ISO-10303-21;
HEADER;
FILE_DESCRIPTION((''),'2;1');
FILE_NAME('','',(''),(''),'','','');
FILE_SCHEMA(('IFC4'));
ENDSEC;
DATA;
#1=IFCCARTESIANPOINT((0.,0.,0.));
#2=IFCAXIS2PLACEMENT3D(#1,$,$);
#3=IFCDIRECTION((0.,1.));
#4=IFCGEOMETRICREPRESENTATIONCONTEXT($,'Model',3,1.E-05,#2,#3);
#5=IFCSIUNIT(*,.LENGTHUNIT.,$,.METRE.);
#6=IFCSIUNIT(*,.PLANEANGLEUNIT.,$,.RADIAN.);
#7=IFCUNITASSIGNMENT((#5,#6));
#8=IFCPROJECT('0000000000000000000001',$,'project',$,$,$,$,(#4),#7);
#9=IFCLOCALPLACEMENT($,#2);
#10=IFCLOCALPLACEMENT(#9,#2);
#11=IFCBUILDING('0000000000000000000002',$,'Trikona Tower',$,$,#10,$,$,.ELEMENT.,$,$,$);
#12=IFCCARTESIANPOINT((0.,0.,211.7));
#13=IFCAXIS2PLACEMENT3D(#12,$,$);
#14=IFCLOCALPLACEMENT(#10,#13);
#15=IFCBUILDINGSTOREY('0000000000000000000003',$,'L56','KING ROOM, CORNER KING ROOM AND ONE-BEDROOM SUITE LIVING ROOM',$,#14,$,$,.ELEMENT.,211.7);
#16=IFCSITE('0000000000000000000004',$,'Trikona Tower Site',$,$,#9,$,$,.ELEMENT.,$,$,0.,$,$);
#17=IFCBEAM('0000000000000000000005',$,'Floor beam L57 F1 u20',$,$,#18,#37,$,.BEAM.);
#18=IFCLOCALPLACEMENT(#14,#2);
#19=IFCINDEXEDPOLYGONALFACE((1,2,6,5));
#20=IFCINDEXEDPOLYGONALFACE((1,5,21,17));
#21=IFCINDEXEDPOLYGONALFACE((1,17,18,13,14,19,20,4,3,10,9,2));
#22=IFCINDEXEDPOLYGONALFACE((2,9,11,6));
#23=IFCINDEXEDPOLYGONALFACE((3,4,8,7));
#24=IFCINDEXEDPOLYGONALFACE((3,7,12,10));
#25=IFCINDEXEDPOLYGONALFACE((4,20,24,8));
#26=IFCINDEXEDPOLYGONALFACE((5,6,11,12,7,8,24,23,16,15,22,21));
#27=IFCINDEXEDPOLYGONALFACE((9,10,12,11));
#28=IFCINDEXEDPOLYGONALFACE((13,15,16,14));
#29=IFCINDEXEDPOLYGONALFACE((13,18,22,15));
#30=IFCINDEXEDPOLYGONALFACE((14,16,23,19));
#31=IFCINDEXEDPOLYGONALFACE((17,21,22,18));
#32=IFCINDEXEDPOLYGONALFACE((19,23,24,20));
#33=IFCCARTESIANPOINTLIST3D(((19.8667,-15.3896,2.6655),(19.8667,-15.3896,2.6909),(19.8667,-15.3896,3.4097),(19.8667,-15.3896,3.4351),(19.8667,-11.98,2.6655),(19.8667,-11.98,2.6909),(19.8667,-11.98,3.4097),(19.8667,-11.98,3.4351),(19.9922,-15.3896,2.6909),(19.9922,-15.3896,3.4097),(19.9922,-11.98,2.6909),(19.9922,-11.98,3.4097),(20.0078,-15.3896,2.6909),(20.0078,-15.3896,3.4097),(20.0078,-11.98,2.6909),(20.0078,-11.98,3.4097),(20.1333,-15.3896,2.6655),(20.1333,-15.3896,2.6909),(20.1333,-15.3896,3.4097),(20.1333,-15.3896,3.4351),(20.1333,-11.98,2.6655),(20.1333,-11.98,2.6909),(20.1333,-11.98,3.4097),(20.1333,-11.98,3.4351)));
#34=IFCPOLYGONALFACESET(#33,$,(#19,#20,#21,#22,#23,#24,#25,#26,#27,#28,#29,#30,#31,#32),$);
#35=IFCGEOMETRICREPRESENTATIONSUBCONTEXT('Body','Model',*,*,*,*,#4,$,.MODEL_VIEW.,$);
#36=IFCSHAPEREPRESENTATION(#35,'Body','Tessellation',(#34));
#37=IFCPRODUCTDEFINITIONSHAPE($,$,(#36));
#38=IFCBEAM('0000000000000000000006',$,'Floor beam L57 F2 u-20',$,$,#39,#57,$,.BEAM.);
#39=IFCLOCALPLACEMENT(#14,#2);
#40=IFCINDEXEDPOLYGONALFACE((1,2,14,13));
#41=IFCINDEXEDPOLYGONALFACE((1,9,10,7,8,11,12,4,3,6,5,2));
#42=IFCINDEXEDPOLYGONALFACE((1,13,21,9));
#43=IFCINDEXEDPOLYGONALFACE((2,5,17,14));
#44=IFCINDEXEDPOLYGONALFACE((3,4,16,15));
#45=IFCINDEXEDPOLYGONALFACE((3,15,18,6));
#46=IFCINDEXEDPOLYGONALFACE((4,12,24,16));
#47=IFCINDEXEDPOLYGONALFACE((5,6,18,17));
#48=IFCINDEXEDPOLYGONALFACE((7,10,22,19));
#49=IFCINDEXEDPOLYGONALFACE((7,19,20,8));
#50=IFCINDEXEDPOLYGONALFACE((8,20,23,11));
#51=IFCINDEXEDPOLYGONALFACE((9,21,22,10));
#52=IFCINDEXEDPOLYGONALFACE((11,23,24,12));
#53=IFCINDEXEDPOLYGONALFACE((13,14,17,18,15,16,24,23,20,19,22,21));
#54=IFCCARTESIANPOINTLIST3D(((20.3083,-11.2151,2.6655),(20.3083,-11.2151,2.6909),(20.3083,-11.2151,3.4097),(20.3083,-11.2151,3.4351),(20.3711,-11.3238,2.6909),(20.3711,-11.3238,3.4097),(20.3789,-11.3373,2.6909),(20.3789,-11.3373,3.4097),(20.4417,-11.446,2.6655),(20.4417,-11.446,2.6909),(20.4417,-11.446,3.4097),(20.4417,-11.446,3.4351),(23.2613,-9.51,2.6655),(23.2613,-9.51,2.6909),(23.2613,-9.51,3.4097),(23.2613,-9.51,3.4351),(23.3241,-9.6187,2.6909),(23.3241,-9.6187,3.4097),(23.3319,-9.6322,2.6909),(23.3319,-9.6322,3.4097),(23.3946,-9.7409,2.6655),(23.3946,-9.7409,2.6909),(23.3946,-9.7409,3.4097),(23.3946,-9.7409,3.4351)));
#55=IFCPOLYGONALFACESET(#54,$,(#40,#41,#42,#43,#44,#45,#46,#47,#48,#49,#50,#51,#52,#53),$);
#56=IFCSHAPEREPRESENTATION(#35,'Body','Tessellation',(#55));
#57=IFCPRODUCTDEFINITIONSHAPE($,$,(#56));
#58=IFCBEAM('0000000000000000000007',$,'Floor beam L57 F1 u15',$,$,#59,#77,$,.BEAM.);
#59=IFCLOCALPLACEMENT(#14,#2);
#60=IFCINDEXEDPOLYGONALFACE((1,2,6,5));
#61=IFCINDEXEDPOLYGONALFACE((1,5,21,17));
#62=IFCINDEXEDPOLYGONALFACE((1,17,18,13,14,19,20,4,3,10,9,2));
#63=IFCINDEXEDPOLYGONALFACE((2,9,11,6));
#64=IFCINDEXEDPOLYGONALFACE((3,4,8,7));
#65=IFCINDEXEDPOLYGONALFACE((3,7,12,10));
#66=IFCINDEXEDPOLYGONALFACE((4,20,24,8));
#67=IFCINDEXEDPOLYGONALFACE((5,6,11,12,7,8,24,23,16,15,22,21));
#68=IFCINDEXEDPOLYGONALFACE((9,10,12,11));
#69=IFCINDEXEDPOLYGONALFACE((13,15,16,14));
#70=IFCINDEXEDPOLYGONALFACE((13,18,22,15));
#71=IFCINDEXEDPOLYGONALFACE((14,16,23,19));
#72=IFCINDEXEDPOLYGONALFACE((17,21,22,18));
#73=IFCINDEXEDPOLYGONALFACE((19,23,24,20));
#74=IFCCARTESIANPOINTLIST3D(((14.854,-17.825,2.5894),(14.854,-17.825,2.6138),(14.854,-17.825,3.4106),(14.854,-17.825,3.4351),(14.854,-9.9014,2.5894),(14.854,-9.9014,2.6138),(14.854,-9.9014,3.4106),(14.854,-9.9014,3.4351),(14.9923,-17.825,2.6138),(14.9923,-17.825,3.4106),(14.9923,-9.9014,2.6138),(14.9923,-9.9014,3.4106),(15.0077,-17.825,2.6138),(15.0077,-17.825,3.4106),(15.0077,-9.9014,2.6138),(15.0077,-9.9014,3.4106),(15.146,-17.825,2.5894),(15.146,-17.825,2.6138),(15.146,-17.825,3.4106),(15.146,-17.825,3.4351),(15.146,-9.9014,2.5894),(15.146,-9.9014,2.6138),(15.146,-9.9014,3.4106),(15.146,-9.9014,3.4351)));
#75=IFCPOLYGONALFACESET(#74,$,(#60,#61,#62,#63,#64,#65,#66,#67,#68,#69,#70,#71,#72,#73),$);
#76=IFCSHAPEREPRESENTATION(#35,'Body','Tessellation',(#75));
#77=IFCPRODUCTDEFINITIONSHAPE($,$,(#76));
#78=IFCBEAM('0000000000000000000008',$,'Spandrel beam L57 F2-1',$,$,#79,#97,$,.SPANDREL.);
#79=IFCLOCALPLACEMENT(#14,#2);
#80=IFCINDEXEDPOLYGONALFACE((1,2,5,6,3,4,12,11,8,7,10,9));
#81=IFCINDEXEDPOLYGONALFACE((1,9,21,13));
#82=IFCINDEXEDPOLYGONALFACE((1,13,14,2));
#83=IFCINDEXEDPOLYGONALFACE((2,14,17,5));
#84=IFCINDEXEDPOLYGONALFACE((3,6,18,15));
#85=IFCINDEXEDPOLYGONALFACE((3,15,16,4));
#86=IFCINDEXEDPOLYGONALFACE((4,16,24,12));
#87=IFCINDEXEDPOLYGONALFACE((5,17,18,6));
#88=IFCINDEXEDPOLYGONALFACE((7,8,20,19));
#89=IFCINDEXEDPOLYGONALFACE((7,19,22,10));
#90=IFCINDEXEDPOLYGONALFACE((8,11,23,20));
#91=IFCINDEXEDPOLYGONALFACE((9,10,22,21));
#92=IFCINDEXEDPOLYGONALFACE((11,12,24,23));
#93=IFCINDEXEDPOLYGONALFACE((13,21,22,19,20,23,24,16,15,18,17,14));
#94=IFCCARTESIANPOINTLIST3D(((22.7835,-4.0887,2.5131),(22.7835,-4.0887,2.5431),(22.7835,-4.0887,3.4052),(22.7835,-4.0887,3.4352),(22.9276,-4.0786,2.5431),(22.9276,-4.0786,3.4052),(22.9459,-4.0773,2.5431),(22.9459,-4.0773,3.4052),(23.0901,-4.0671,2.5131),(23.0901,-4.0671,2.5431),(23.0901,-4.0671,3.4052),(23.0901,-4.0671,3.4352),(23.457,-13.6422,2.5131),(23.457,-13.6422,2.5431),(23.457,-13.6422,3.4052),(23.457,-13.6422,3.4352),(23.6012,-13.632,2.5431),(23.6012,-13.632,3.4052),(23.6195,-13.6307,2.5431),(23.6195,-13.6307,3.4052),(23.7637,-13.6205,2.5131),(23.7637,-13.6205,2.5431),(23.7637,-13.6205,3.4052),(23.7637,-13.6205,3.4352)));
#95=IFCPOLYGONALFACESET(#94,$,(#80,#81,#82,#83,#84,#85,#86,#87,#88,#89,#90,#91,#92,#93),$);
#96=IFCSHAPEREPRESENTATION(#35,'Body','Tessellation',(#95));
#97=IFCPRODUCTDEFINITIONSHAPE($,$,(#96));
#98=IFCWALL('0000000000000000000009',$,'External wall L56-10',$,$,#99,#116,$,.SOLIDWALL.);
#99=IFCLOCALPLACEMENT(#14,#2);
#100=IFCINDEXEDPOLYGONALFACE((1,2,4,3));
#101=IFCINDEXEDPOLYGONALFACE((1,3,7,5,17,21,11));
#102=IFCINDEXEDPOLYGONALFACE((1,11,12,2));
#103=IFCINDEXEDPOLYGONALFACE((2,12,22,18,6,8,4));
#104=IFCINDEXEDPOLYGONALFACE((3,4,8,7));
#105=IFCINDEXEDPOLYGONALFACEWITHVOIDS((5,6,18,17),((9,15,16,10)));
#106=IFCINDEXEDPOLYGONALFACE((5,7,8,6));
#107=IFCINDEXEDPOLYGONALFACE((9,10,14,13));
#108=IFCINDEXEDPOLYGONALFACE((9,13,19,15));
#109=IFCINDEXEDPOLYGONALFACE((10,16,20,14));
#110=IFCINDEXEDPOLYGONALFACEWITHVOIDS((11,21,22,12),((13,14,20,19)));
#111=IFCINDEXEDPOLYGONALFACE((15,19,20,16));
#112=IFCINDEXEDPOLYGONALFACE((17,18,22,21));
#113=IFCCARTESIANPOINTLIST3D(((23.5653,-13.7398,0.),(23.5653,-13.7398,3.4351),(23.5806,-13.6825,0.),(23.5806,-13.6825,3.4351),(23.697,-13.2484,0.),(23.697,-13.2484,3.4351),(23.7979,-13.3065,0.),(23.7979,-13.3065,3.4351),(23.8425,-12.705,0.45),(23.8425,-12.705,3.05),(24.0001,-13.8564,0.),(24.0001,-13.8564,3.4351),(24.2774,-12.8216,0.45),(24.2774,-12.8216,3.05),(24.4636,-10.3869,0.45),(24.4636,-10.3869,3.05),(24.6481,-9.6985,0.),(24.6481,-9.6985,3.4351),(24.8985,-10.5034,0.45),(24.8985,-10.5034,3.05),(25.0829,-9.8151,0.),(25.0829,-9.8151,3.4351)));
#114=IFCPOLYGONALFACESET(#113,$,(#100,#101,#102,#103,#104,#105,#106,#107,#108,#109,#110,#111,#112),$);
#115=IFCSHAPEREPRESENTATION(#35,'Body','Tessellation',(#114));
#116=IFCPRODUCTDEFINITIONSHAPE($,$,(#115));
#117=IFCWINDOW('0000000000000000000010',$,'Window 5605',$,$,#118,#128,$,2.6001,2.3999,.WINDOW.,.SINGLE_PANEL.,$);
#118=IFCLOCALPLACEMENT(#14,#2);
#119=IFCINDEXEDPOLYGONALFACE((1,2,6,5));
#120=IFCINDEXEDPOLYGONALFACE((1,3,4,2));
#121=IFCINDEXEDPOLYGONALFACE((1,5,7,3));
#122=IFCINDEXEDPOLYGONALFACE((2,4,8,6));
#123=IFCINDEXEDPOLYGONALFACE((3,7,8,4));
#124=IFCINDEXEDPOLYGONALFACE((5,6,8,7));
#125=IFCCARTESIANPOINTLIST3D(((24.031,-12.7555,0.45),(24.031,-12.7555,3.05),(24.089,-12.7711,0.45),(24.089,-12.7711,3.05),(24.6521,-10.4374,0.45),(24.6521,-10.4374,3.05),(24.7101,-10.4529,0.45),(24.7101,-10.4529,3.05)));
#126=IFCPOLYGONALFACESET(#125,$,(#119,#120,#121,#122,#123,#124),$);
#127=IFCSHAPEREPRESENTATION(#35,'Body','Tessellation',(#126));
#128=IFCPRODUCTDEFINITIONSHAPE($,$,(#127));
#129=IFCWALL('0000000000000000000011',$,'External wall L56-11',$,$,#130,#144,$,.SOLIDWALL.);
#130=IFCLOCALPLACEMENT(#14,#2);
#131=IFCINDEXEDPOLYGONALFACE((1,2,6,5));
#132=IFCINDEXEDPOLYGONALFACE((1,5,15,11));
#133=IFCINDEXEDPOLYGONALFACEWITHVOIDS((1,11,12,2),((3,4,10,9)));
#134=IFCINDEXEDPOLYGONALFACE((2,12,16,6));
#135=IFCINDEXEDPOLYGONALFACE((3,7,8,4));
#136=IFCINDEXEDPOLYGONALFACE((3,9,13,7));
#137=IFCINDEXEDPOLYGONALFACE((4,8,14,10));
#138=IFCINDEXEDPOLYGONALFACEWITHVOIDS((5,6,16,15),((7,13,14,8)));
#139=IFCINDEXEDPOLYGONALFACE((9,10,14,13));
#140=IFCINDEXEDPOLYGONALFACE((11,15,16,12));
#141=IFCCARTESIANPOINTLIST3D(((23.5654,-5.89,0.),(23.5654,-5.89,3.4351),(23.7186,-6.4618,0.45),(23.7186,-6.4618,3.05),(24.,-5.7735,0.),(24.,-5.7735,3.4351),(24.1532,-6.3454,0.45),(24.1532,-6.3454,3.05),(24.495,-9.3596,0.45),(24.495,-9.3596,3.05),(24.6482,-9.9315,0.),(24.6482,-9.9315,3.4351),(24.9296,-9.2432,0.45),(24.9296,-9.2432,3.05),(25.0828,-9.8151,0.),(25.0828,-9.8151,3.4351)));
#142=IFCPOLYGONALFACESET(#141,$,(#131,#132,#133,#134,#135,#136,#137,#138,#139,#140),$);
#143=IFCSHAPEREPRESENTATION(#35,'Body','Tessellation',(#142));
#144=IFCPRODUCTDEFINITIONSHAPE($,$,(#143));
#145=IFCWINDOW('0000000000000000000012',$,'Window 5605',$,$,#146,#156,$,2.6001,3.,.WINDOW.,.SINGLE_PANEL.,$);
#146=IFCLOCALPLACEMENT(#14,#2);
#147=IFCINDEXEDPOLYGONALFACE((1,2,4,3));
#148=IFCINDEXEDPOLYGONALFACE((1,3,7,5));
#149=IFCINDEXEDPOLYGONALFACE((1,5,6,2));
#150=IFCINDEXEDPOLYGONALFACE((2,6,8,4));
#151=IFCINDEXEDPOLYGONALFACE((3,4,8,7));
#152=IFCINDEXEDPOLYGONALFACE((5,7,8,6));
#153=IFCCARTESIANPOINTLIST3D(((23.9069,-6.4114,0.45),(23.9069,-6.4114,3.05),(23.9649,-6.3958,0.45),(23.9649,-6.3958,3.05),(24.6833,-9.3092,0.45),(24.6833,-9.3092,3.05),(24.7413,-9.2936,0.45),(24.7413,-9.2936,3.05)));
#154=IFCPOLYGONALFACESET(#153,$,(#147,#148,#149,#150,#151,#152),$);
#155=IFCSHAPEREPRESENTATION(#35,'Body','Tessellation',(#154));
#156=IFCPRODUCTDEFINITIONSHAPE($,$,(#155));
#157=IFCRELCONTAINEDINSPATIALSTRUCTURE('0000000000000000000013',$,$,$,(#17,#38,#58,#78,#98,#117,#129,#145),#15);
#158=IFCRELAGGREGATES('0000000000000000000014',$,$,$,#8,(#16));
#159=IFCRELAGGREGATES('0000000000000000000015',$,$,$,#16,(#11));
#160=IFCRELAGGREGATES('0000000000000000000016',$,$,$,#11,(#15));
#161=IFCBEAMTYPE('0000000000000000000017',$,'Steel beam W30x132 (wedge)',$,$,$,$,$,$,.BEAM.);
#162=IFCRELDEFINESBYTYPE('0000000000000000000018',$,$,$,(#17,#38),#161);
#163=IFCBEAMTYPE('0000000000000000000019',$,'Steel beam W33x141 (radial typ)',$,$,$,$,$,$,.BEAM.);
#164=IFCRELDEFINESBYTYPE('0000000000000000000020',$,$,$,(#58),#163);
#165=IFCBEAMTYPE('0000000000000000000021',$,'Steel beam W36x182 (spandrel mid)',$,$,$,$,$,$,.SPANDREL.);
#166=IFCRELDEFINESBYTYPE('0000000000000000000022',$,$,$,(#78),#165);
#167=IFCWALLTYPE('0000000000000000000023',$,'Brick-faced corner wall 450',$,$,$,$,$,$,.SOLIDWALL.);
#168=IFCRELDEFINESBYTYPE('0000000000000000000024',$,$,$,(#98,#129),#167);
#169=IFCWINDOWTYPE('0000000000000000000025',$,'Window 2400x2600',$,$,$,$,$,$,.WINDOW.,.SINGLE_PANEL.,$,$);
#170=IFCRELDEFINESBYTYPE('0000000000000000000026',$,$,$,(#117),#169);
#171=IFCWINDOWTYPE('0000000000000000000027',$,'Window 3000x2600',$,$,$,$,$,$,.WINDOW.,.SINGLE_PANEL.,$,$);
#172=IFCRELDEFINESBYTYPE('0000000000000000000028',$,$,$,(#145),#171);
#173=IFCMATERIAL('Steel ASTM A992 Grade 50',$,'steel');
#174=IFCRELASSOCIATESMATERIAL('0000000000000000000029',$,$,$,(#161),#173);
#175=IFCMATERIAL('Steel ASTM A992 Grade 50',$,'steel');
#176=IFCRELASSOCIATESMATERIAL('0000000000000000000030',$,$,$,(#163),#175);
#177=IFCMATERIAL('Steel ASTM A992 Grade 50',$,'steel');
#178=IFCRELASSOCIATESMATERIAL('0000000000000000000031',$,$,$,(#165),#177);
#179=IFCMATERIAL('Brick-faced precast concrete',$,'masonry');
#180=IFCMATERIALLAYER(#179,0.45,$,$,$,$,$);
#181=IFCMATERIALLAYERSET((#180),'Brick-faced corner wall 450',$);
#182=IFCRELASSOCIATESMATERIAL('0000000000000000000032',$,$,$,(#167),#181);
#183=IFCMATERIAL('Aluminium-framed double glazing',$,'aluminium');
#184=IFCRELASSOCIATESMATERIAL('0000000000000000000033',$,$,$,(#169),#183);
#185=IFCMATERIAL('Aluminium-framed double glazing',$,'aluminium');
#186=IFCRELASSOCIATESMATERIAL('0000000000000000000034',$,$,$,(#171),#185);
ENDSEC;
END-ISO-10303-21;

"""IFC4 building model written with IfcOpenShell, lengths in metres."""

from ifc_helpers import new_model, si_unit, direction, frame, frame_2d, origin, origin_2d, place, context, subcontext, project, spatial, polyline, rectangle, i_section, outline, extrude, material, layer, layer_set, material_profile, profile_set, type_object, element, fill, save


model = new_model("IFC4")

# Units and contexts
model_context = context("Model", 3, precision=1e-05, world=origin(), true_north=direction((0.0, 1.0)))
body_context = subcontext(model_context, "Body", "Model", "MODEL_VIEW")
ifc_project = project(units=[si_unit("LENGTHUNIT", "METRE"), si_unit("PLANEANGLEUNIT", "RADIAN")], contexts=[model_context])

# Site, building, storey
site_placement = place(None, origin())
site = spatial("IfcSite", under=ifc_project, at=site_placement, Name="Trikona Tower Site", CompositionType="ELEMENT", RefElevation=0.0)
building_placement = place(site_placement, origin())
building = spatial("IfcBuilding", under=site, at=building_placement, Name="Trikona Tower", CompositionType="ELEMENT")
storey_placement = place(building_placement, frame((0.0, 0.0, 211.7)))
storey = spatial("IfcBuildingStorey", under=building, at=storey_placement, Name="L56", Description="KING ROOM, CORNER KING ROOM AND ONE-BEDROOM SUITE LIVING ROOM", CompositionType="ELEMENT", Elevation=211.7)

# Beams
ifc_material_1 = material(Name="Steel ASTM A992 Grade 50", Category="steel")
ifc_material_profile_1 = material_profile(ifc_material_1, i_section(OverallWidth=0.2666, OverallDepth=0.7695, WebThickness=0.0156, FlangeThickness=0.0254, at=origin_2d()), Name="W30X132")
ifc_profile_set_1 = profile_set([ifc_material_profile_1], Name="Steel ASTM A992 Grade 50")
beam_type_1 = type_object("IfcBeamType", Name="Steel beam W30x132 (wedge)", PredefinedType="BEAM", material=ifc_profile_set_1)
beam_1_placement = place(storey_placement, frame((20.0, -11.98, 3.0503), z_axis=(0.0, -1.0, 0.0), x_axis=(1.0, 0.0, 0.0)))
element("IfcBeam", 1, at=beam_1_placement, inside=storey, type_object=beam_type_1, Name="Floor beam L57 F1 u20", PredefinedType="BEAM", context=body_context, shape_type="SweptSolid", body=[
    extrude(i_section(OverallWidth=0.2666, OverallDepth=0.7695, WebThickness=0.0156, FlangeThickness=0.0254, at=origin_2d()), origin(), (0.0, 0.0, 1.0), 3.4097),
])
beam_2_placement = place(storey_placement, frame((20.375, -11.3306, 3.0503), z_axis=(0.865996, 0.500051, 0.0), x_axis=(-0.500051, 0.865996, 0.0)))
element("IfcBeam", 2, at=beam_2_placement, inside=storey, type_object=beam_type_1, Name="Floor beam L57 F2 u-20", PredefinedType="BEAM", context=body_context, shape_type="SweptSolid", body=[
    extrude(i_section(OverallWidth=0.2666, OverallDepth=0.7695, WebThickness=0.0156, FlangeThickness=0.0254, at=origin_2d()), origin(), (0.0, 0.0, 1.0), 3.4099),
])
ifc_material_2 = material(Name="Steel ASTM A992 Grade 50", Category="steel")
ifc_material_profile_2 = material_profile(ifc_material_2, i_section(OverallWidth=0.292, OverallDepth=0.8457, WebThickness=0.0154, FlangeThickness=0.0244, at=origin_2d()), Name="W33X141")
ifc_profile_set_2 = profile_set([ifc_material_profile_2], Name="Steel ASTM A992 Grade 50")
beam_type_2 = type_object("IfcBeamType", Name="Steel beam W33x141 (radial typ)", PredefinedType="BEAM", material=ifc_profile_set_2)
beam_3_placement = place(storey_placement, frame((15.0, -9.9014, 3.0122), z_axis=(0.0, -1.0, 0.0), x_axis=(1.0, 0.0, 0.0)))
element("IfcBeam", 3, at=beam_3_placement, inside=storey, type_object=beam_type_2, Name="Floor beam L57 F1 u15", PredefinedType="BEAM", context=body_context, shape_type="SweptSolid", body=[
    extrude(i_section(OverallWidth=0.292, OverallDepth=0.8457, WebThickness=0.0154, FlangeThickness=0.0244, at=origin_2d()), origin(), (0.0, 0.0, 1.0), 7.9236),
])
ifc_material_3 = material(Name="Steel ASTM A992 Grade 50", Category="steel")
ifc_material_profile_3 = material_profile(ifc_material_3, i_section(OverallWidth=0.3074, OverallDepth=0.9221, WebThickness=0.0183, FlangeThickness=0.03, at=origin_2d()), Name="W36X182")
ifc_profile_set_3 = profile_set([ifc_material_profile_3], Name="Steel ASTM A992 Grade 50")
beam_type_3 = type_object("IfcBeamType", Name="Steel beam W36x182 (spandrel mid)", PredefinedType="SPANDREL", material=ifc_profile_set_3)
beam_4_placement = place(storey_placement, frame((23.6104, -13.6313, 2.9741), z_axis=(-0.070332, 0.997524, 0.0), x_axis=(-0.997524, -0.070332, 0.0)))
element("IfcBeam", 4, at=beam_4_placement, inside=storey, type_object=beam_type_3, Name="Spandrel beam L57 F2-1", PredefinedType="SPANDREL", context=body_context, shape_type="SweptSolid", body=[
    extrude(i_section(OverallWidth=0.3074, OverallDepth=0.9221, WebThickness=0.0183, FlangeThickness=0.03, at=origin_2d()), origin(), (0.0, 0.0, 1.0), 9.5771),
])

# Walls, openings, windows
ifc_material_4 = material(Name="Brick-faced precast concrete", Category="masonry")
ifc_layer_1 = layer(ifc_material_4, 0.45)
ifc_layer_set_1 = layer_set([ifc_layer_1], Name="Brick-faced corner wall 450")
wall_type_1 = type_object("IfcWallType", Name="Brick-faced corner wall 450", PredefinedType="SOLIDWALL", material=ifc_layer_set_1)
wall_1_placement = place(storey_placement, frame((23.7827, -13.7981, 0.0), z_axis=(0.0, 0.0, 1.0), x_axis=(0.258799, 0.965931, 0.0)))
wall_1 = element("IfcWall", 5, at=wall_1_placement, inside=storey, type_object=wall_type_1, Name="External wall L56-10", PredefinedType="SOLIDWALL", context=body_context, shape_type="SweptSolid", body=[
    extrude(outline(polyline([(4.1838, 0.2251), (0.5088, 0.2251), (0.4788, 0.1125), (0.0593, 0.2251), (0.0, 0.2251), (0.0, -0.2251), (4.1838, -0.2251), (4.1838, 0.2251)])), origin(), (0.0, 0.0, 1.0), 3.4351),
])
opening_1_placement = place(wall_1_placement, frame((1.0713, 0.0, 0.45)))
opening_1 = element("IfcOpeningElement", 6, at=opening_1_placement, cuts=wall_1, PredefinedType="OPENING", context=body_context, shape_type="SweptSolid", body=[
    extrude(rectangle(XDim=2.3999, YDim=2.6001, at=frame_2d((1.2, 1.3))), frame((0.0, 0.2349, 0.0), z_axis=(0.0, -1.0, 0.0), x_axis=(1.0, 0.0, 0.0)), (0.0, 0.0, 1.0), 0.47),
])
ifc_material_5 = material(Name="Aluminium-framed double glazing", Category="aluminium")
window_type_1 = type_object("IfcWindowType", Name="Window 2400x2600", PartitioningType="SINGLE_PANEL", PredefinedType="WINDOW", material=ifc_material_5)
window_1_placement = place(opening_1_placement, origin())
window_1 = element("IfcWindow", 7, at=window_1_placement, inside=storey, type_object=window_type_1, Name="Window 5605", OverallHeight=2.6001, OverallWidth=2.3999, PartitioningType="SINGLE_PANEL", PredefinedType="WINDOW", context=body_context, shape_type="SweptSolid", body=[
    extrude(rectangle(XDim=2.3999, YDim=2.6001, at=frame_2d((1.2, 1.3))), frame((0.0, 0.03, 0.0), z_axis=(0.0, -1.0, 0.0), x_axis=(1.0, 0.0, 0.0)), (0.0, 0.0, 1.0), 0.0601),
])
fill(opening_1, window_1)
wall_2_placement = place(storey_placement, frame((24.8655, -9.8733, 0.0), z_axis=(0.0, 0.0, 1.0), x_axis=(-0.258785, 0.965935, 0.0)))
wall_2 = element("IfcWall", 8, at=wall_2_placement, inside=storey, type_object=wall_type_1, Name="External wall L56-11", PredefinedType="SOLIDWALL", context=body_context, shape_type="SweptSolid", body=[
    extrude(rectangle(XDim=4.1841, YDim=0.45, at=frame_2d((2.092, 0.0))), origin(), (0.0, 0.0, 1.0), 3.4351),
])
opening_2_placement = place(wall_2_placement, frame((0.592, 0.0, 0.45)))
opening_2 = element("IfcOpeningElement", 9, at=opening_2_placement, cuts=wall_2, PredefinedType="OPENING", context=body_context, shape_type="SweptSolid", body=[
    extrude(rectangle(XDim=3.0, YDim=2.6001, at=frame_2d((1.5, 1.3))), frame((0.0, 0.2349, 0.0), z_axis=(0.0, -1.0, 0.0), x_axis=(1.0, 0.0, 0.0)), (0.0, 0.0, 1.0), 0.47),
])
ifc_material_6 = material(Name="Aluminium-framed double glazing", Category="aluminium")
window_type_2 = type_object("IfcWindowType", Name="Window 3000x2600", PartitioningType="SINGLE_PANEL", PredefinedType="WINDOW", material=ifc_material_6)
window_2_placement = place(opening_2_placement, origin())
window_2 = element("IfcWindow", 10, at=window_2_placement, inside=storey, type_object=window_type_2, Name="Window 5605", OverallHeight=2.6001, OverallWidth=3.0, PartitioningType="SINGLE_PANEL", PredefinedType="WINDOW", context=body_context, shape_type="SweptSolid", body=[
    extrude(rectangle(XDim=3.0, YDim=2.6001, at=frame_2d((1.5, 1.3))), frame((0.0, 0.03, 0.0), z_axis=(0.0, -1.0, 0.0), x_axis=(1.0, 0.0, 0.0)), (0.0, 0.0, 1.0), 0.0601),
])
fill(opening_2, window_2)

save(model, "model.ifc")
